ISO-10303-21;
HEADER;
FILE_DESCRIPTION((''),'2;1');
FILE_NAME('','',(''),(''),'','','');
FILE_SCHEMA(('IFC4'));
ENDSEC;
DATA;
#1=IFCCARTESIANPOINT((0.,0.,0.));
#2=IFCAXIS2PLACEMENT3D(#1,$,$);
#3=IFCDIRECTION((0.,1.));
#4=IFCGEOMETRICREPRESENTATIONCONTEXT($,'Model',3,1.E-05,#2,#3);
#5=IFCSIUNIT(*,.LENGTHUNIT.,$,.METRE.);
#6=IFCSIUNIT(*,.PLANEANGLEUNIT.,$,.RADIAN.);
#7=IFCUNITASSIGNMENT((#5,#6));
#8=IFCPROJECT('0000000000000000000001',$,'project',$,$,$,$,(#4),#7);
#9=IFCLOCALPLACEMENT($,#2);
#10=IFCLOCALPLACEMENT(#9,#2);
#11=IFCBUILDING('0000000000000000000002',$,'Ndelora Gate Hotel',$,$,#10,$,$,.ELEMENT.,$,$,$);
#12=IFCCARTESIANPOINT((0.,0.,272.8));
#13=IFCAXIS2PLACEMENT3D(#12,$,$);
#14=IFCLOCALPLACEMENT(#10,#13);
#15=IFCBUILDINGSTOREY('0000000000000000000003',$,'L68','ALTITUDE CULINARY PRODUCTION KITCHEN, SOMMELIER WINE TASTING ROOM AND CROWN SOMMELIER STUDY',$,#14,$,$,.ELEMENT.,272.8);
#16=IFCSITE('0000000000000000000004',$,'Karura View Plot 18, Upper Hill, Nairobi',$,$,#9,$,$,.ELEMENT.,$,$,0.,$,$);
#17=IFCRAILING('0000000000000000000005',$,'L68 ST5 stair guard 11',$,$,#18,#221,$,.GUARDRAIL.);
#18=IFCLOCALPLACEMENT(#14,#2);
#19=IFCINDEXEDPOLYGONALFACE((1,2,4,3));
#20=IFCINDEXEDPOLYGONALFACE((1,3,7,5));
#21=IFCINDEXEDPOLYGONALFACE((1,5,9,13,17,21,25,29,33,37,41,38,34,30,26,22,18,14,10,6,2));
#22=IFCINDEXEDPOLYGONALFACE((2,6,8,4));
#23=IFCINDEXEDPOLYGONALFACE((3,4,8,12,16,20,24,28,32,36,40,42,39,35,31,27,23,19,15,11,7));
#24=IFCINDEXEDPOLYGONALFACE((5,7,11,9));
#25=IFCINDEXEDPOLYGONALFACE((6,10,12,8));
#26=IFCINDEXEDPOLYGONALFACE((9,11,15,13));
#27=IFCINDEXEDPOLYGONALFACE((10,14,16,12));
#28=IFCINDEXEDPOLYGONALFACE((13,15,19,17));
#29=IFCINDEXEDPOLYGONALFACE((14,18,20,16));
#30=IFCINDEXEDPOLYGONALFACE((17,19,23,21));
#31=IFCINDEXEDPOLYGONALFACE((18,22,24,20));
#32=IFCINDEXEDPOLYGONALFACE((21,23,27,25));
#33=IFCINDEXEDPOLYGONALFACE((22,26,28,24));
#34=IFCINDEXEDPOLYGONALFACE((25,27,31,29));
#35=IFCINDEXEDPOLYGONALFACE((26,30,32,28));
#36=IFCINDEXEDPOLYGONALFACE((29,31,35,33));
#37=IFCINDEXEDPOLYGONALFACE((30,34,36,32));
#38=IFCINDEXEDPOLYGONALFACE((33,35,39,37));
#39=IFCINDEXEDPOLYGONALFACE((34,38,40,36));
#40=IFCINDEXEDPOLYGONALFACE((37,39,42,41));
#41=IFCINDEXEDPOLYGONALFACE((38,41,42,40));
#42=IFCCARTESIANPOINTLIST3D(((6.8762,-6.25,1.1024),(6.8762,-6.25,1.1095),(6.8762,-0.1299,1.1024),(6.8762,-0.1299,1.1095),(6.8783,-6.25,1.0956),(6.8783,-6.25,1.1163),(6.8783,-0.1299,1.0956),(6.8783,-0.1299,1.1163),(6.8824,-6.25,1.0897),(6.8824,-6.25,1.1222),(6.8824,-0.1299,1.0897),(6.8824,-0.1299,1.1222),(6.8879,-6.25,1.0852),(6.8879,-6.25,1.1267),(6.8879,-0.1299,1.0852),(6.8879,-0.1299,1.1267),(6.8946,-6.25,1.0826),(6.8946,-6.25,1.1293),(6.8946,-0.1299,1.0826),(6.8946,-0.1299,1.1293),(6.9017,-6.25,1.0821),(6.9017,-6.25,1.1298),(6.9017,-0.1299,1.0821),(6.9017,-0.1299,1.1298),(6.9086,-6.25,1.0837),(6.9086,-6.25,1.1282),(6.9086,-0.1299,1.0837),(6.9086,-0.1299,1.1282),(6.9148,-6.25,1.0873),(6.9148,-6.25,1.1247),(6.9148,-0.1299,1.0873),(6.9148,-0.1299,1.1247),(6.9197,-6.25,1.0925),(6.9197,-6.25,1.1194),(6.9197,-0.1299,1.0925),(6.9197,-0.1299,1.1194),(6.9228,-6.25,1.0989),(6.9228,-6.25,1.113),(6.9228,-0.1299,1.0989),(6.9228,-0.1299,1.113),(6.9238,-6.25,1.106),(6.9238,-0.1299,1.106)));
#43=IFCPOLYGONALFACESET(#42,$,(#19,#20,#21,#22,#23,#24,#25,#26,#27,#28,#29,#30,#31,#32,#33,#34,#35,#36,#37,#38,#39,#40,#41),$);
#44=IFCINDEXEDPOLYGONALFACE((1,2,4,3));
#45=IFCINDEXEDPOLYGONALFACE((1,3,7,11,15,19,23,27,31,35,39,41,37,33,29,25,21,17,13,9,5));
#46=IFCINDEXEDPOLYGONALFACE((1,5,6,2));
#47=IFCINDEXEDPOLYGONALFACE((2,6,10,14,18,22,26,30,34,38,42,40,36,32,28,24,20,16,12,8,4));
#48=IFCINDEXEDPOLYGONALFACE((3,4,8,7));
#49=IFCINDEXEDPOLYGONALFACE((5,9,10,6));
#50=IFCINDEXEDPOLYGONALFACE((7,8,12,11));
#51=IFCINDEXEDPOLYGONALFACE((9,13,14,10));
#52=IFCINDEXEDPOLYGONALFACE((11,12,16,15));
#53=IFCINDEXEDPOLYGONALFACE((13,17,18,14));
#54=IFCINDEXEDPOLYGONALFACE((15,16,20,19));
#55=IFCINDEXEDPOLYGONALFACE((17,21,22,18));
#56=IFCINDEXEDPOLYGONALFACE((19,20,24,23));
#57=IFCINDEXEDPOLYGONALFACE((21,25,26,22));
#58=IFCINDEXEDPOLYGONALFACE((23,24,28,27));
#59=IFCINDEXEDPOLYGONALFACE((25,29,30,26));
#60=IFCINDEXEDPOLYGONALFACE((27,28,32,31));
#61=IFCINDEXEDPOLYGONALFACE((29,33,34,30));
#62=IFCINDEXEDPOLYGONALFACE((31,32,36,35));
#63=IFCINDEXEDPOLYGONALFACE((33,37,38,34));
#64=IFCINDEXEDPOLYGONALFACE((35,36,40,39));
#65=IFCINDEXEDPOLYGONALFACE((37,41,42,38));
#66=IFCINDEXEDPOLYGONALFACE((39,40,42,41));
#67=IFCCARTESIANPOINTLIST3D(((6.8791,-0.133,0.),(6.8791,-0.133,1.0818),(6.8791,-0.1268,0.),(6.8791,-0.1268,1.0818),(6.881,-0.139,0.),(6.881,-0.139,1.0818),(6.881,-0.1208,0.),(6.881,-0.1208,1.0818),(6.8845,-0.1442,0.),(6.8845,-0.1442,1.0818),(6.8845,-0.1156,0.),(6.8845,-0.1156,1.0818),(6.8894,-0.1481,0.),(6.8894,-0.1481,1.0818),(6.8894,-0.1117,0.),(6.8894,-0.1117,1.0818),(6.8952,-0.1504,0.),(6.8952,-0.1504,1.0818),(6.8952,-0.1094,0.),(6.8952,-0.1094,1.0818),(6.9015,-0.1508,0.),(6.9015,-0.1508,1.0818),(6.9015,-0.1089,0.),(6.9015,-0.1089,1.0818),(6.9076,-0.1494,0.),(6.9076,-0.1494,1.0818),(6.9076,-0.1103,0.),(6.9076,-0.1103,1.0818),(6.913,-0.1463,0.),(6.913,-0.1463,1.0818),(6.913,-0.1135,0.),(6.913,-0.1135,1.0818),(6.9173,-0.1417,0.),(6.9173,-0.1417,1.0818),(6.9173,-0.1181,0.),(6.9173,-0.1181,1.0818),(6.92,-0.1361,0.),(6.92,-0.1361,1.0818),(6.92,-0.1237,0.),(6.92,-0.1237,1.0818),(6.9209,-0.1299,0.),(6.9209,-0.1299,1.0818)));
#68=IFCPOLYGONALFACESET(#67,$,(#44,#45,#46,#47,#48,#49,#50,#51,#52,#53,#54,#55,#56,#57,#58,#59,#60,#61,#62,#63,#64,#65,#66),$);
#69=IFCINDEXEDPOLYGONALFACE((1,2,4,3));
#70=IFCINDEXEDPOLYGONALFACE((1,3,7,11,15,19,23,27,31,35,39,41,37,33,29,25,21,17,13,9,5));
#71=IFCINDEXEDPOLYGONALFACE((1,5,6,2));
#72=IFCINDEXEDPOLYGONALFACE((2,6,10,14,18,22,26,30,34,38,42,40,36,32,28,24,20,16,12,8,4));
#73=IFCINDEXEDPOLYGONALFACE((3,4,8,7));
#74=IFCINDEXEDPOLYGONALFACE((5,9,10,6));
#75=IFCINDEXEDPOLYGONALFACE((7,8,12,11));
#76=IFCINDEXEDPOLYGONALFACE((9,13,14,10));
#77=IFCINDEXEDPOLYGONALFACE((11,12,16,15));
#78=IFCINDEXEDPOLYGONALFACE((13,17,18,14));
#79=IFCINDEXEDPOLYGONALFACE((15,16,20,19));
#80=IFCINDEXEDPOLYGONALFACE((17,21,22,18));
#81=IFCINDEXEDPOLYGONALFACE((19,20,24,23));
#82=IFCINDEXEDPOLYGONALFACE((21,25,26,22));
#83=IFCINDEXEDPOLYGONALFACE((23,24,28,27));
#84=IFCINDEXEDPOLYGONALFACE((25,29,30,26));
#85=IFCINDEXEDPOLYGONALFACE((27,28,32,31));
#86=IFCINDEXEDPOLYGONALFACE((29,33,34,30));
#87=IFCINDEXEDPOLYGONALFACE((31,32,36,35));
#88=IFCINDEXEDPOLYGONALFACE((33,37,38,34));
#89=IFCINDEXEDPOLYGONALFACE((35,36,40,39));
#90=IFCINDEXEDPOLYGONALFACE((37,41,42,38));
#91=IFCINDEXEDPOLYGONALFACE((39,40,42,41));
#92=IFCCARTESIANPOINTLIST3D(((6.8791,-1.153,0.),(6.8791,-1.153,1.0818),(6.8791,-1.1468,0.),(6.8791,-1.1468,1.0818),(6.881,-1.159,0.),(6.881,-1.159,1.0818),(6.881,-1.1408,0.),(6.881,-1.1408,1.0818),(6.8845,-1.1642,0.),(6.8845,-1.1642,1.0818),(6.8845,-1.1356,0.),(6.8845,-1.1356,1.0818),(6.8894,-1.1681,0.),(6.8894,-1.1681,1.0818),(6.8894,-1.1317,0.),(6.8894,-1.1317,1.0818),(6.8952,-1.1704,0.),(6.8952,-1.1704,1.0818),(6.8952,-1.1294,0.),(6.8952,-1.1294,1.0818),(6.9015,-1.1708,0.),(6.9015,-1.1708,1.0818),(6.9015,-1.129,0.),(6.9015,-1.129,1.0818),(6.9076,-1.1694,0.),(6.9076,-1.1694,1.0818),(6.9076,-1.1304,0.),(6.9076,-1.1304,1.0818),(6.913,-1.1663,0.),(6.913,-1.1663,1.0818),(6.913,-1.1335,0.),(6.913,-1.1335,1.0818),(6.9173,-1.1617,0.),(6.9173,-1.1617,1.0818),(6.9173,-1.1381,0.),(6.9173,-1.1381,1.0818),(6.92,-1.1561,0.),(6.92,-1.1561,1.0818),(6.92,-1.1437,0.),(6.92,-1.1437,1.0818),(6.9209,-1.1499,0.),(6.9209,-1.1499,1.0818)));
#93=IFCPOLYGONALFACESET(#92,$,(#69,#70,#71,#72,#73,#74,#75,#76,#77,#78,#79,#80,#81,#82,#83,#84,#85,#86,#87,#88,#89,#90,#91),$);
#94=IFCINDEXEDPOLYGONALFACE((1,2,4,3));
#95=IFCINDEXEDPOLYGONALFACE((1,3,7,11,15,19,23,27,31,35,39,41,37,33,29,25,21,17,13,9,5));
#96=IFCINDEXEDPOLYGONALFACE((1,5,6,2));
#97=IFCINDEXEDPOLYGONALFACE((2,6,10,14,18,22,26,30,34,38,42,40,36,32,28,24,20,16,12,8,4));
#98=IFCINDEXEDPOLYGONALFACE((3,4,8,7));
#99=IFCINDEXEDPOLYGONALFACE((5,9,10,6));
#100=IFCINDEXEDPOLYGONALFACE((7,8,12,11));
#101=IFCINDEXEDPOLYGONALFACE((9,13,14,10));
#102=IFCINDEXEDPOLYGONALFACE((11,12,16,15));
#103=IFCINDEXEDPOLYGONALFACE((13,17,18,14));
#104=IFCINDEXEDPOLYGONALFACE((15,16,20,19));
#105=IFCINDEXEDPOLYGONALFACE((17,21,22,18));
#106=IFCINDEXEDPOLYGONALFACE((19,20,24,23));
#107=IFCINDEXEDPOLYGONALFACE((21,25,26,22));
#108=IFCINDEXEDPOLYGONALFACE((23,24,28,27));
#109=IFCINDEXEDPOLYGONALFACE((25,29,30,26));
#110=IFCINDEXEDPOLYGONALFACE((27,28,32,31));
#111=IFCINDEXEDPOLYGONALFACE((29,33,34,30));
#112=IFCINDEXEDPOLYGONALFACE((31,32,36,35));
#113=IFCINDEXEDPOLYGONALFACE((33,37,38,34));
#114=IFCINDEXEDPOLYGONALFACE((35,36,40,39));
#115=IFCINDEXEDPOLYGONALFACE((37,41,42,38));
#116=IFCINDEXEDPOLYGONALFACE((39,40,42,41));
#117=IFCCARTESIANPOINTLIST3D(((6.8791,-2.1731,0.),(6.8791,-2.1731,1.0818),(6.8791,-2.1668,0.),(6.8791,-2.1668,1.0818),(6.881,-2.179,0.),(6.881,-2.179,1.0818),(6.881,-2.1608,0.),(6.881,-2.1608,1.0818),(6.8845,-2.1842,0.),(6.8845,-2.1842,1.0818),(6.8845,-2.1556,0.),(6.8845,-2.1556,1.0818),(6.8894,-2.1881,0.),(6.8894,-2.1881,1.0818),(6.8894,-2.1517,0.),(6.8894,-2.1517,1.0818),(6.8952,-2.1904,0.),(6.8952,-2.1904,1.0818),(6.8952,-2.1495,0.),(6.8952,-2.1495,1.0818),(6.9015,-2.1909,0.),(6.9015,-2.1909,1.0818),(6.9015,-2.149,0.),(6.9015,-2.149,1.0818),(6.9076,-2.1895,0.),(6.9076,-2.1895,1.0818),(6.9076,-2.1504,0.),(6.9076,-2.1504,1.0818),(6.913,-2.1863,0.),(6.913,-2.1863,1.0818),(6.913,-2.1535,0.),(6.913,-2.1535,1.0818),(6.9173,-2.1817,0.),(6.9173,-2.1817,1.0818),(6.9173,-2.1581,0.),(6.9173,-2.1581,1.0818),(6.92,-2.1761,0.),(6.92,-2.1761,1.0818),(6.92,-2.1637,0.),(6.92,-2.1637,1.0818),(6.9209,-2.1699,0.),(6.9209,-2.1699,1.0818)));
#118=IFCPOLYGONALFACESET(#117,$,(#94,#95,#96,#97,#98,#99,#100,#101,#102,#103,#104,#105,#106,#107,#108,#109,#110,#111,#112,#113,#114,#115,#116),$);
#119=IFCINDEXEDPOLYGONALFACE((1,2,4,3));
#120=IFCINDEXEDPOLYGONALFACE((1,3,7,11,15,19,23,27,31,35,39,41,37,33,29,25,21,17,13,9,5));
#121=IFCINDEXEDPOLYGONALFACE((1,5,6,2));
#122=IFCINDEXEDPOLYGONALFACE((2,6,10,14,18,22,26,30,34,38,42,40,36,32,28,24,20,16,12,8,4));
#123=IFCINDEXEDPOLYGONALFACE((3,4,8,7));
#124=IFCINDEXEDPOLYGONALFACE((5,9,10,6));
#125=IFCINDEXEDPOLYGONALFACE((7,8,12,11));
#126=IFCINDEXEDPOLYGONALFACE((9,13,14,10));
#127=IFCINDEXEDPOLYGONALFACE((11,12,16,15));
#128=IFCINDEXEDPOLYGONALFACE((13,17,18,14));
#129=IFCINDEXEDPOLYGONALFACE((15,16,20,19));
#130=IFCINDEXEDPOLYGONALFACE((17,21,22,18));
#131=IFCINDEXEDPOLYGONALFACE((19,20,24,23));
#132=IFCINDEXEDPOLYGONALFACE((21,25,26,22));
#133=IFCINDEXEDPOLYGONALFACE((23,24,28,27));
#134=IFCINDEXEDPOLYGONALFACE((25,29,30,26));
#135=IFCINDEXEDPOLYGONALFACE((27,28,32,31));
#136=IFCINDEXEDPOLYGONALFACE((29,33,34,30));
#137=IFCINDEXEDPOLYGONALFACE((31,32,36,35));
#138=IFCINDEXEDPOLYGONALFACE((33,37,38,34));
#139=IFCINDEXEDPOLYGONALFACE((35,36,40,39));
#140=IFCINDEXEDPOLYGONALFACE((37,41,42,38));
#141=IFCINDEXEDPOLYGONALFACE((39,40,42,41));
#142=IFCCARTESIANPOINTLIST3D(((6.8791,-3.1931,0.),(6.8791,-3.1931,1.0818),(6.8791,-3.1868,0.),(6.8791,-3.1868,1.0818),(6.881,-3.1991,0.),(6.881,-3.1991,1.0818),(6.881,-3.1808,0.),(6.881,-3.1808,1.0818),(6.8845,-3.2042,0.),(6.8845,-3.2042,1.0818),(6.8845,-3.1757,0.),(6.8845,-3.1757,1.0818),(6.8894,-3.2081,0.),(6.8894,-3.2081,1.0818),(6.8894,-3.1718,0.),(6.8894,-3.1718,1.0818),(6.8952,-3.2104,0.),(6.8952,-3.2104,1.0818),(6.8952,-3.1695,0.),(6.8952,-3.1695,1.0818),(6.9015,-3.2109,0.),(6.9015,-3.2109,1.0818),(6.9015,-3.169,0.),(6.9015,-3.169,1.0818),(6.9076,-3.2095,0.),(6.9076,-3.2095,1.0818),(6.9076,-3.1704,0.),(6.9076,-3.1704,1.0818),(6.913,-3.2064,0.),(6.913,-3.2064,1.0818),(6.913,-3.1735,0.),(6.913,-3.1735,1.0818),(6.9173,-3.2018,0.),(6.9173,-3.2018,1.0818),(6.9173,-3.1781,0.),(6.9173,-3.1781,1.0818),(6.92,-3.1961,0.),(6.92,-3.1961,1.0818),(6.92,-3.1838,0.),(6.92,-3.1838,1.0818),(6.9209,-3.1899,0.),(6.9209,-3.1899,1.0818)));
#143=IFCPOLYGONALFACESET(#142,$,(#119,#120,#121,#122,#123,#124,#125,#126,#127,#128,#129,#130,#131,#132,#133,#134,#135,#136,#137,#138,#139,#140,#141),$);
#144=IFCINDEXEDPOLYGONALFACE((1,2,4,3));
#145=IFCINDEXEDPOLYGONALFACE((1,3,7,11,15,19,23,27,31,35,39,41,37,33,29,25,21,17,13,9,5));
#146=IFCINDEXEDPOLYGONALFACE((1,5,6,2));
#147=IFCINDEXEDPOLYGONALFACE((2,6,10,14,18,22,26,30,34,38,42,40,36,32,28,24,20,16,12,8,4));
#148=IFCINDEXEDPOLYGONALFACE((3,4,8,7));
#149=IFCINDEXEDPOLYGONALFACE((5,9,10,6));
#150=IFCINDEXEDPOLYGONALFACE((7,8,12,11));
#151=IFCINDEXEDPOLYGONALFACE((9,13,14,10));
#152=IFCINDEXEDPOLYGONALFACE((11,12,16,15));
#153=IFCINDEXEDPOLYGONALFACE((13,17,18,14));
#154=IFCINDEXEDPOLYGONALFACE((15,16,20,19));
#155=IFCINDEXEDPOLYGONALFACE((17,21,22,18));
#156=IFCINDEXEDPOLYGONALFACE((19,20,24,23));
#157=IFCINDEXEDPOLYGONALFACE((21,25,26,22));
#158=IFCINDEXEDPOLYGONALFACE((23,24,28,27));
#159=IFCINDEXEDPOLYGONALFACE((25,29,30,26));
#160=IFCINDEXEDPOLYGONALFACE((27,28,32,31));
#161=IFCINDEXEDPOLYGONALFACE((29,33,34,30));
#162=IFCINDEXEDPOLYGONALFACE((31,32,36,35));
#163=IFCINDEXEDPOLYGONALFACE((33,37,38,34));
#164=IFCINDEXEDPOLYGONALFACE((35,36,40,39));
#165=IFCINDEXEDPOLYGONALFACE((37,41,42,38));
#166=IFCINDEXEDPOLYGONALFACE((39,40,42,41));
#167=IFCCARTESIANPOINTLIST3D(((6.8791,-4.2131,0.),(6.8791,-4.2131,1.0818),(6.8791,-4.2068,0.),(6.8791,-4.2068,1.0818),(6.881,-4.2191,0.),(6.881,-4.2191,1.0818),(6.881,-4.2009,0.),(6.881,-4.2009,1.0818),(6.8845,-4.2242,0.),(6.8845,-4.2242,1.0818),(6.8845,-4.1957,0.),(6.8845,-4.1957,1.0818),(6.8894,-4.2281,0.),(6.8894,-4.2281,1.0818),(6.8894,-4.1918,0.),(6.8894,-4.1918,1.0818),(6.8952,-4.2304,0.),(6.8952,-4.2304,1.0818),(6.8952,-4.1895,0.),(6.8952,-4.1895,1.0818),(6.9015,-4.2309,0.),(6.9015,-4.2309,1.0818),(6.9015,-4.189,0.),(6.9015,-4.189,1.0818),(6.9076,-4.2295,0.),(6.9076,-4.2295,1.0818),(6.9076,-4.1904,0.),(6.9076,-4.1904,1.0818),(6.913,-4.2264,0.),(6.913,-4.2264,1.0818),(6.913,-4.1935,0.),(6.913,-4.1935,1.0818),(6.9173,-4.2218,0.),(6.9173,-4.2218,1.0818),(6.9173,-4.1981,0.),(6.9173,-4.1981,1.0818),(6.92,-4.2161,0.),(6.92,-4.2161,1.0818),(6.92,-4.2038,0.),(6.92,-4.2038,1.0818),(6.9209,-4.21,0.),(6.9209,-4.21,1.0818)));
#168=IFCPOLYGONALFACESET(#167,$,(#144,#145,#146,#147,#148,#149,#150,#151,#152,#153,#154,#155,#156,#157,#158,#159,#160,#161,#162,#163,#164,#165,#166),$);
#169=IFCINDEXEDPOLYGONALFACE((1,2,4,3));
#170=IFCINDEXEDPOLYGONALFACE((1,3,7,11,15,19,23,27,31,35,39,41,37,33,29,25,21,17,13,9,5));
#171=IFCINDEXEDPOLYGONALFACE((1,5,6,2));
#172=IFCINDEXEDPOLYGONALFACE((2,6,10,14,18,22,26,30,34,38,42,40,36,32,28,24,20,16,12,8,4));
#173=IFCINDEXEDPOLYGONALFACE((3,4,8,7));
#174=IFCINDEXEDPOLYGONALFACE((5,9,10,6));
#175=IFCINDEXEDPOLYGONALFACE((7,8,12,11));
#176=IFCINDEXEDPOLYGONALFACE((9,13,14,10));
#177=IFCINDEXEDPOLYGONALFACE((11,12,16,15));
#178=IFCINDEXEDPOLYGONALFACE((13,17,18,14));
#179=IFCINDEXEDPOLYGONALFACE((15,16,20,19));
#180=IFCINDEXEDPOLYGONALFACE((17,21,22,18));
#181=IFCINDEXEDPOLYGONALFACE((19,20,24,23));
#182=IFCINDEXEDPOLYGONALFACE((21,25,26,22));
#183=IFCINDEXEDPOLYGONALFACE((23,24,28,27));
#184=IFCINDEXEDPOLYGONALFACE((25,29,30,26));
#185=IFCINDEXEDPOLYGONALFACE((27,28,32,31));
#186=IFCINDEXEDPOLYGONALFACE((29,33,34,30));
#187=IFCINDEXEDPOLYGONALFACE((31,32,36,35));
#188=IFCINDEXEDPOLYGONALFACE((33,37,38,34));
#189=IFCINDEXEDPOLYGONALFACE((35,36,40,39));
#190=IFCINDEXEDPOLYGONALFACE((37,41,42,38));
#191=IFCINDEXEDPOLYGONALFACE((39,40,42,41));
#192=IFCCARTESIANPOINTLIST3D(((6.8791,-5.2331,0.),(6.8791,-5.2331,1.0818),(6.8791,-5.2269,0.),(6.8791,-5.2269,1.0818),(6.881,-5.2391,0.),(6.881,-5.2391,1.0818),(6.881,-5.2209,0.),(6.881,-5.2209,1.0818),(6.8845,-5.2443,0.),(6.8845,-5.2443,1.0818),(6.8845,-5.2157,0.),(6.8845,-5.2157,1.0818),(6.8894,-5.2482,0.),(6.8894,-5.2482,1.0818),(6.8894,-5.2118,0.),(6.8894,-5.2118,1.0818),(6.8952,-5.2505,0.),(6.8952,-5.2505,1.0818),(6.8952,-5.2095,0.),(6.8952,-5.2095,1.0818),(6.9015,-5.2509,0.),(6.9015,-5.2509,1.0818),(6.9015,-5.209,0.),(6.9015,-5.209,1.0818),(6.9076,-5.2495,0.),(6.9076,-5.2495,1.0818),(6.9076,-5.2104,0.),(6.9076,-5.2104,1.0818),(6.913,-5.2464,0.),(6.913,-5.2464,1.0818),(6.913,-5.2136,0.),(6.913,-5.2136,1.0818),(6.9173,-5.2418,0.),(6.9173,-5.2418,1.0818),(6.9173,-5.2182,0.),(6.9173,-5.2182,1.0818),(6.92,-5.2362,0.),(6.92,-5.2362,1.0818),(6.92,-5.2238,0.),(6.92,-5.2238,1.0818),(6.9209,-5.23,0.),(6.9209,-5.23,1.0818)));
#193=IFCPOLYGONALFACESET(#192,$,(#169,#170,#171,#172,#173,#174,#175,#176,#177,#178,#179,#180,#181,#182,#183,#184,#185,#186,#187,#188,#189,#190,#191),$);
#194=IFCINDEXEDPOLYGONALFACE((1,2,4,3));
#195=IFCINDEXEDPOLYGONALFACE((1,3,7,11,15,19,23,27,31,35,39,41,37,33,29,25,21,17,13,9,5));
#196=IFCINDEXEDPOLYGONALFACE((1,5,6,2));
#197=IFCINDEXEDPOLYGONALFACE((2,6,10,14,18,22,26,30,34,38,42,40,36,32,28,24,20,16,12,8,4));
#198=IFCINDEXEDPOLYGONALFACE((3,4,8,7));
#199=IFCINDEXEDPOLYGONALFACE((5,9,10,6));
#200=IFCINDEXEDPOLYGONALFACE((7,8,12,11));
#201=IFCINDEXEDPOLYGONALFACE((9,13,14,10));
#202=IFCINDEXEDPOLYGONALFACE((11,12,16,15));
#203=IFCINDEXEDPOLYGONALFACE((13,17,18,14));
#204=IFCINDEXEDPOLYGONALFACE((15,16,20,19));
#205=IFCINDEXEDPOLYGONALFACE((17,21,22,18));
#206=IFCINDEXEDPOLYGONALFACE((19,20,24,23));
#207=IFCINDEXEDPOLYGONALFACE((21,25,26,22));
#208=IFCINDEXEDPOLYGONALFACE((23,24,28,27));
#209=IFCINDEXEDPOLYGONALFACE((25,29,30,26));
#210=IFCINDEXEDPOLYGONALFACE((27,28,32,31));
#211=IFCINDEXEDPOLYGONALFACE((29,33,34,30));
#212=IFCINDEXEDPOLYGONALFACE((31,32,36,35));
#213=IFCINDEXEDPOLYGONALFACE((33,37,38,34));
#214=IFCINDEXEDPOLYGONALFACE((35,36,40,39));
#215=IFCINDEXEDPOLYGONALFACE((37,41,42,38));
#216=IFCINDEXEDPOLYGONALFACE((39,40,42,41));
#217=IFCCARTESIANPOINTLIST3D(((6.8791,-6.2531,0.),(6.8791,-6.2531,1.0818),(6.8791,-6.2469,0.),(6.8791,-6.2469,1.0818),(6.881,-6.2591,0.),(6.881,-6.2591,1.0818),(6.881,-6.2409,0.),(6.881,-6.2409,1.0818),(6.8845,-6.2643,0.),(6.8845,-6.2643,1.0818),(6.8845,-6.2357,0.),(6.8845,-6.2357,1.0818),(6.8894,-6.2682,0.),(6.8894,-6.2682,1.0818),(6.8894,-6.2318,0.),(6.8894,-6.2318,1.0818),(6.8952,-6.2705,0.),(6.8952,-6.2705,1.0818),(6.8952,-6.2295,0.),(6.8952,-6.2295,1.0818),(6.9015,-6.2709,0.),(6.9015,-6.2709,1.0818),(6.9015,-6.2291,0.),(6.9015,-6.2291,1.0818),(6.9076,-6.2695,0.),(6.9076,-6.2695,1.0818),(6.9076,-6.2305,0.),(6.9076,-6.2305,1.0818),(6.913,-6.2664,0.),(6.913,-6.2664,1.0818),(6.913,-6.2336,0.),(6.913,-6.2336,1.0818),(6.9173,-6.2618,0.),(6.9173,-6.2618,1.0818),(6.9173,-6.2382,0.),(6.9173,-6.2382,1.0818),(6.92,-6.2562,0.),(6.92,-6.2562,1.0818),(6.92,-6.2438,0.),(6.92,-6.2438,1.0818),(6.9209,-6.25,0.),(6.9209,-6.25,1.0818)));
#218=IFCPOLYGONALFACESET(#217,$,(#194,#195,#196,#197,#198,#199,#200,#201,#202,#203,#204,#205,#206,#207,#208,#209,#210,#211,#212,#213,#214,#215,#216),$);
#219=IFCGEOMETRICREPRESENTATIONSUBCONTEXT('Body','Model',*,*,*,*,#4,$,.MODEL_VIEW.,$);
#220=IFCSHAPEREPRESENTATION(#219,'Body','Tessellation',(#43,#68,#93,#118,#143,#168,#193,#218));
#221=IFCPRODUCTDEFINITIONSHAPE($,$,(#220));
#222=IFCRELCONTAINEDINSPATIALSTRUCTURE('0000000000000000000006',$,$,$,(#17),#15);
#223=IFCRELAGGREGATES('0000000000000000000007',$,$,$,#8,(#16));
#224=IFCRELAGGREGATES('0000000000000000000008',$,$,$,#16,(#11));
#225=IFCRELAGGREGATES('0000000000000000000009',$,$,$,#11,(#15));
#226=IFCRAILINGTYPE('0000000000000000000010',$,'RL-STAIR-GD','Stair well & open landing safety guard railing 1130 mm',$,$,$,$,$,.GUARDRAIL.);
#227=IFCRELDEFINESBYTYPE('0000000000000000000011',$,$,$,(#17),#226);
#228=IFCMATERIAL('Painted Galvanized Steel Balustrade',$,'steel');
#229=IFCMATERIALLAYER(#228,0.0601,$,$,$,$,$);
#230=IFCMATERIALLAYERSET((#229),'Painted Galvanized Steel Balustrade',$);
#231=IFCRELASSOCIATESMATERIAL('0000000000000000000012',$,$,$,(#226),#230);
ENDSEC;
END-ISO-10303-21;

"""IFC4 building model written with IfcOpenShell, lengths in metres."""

from ifc_helpers import new_model, si_unit, direction, frame, origin, origin_2d, place, context, subcontext, project, spatial, circle, extrude, material, layer, layer_set, type_object, element, save


model = new_model("IFC4")

# Units and contexts
model_context = context("Model", 3, precision=1e-05, world=origin(), true_north=direction((0.0, 1.0)))
body_context = subcontext(model_context, "Body", "Model", "MODEL_VIEW")
ifc_project = project(units=[si_unit("LENGTHUNIT", "METRE"), si_unit("PLANEANGLEUNIT", "RADIAN")], contexts=[model_context])

# Site, building, storey
site_placement = place(None, origin())
site = spatial("IfcSite", under=ifc_project, at=site_placement, Name="Karura View Plot 18, Upper Hill, Nairobi", CompositionType="ELEMENT", RefElevation=0.0)
building_placement = place(site_placement, origin())
building = spatial("IfcBuilding", under=site, at=building_placement, Name="Ndelora Gate Hotel", CompositionType="ELEMENT")
storey_placement = place(building_placement, frame((0.0, 0.0, 272.8)))
storey = spatial("IfcBuildingStorey", under=building, at=storey_placement, Name="L68", Description="ALTITUDE CULINARY PRODUCTION KITCHEN, SOMMELIER WINE TASTING ROOM AND CROWN SOMMELIER STUDY", CompositionType="ELEMENT", Elevation=272.8)

# Railing
ifc_material_1 = material(Name="Painted Galvanized Steel Balustrade", Category="steel")
ifc_layer_1 = layer(ifc_material_1, 0.0601)
ifc_layer_set_1 = layer_set([ifc_layer_1], Name="Painted Galvanized Steel Balustrade")
railing_type = type_object("IfcRailingType", Name="RL-STAIR-GD", Description="Stair well & open landing safety guard railing 1130 mm", PredefinedType="GUARDRAIL", material=ifc_layer_set_1)
railing_1_placement = place(storey_placement, frame((6.8999, -0.1299, 0.0)))
element("IfcRailing", 1, at=railing_1_placement, inside=storey, type_object=railing_type, Name="L68 ST5 stair guard 11", PredefinedType="GUARDRAIL", context=body_context, shape_type="SweptSolid", body=[
    extrude(circle(Radius=0.0239, at=origin_2d()), frame((0.0, 0.0, 1.106), z_axis=(0.0, -1.0, 0.0), x_axis=(1.0, 0.0, 0.0)), (0.0, 0.0, 1.0), 6.1201),
    extrude(circle(Radius=0.021, at=origin_2d()), origin(), (0.0, 0.0, 1.0), 1.0818),
    extrude(circle(Radius=0.021, at=origin_2d()), frame((0.0, -1.02, 0.0)), (0.0, 0.0, 1.0), 1.0818),
    extrude(circle(Radius=0.021, at=origin_2d()), frame((0.0, -2.04, 0.0)), (0.0, 0.0, 1.0), 1.0818),
    extrude(circle(Radius=0.021, at=origin_2d()), frame((0.0, -3.0601, 0.0)), (0.0, 0.0, 1.0), 1.0818),
    extrude(circle(Radius=0.021, at=origin_2d()), frame((0.0, -4.0801, 0.0)), (0.0, 0.0, 1.0), 1.0818),
    extrude(circle(Radius=0.021, at=origin_2d()), frame((0.0, -5.1001, 0.0)), (0.0, 0.0, 1.0), 1.0818),
    extrude(circle(Radius=0.021, at=origin_2d()), frame((0.0, -6.1201, 0.0)), (0.0, 0.0, 1.0), 1.0818),
])

save(model, "model.ifc")
